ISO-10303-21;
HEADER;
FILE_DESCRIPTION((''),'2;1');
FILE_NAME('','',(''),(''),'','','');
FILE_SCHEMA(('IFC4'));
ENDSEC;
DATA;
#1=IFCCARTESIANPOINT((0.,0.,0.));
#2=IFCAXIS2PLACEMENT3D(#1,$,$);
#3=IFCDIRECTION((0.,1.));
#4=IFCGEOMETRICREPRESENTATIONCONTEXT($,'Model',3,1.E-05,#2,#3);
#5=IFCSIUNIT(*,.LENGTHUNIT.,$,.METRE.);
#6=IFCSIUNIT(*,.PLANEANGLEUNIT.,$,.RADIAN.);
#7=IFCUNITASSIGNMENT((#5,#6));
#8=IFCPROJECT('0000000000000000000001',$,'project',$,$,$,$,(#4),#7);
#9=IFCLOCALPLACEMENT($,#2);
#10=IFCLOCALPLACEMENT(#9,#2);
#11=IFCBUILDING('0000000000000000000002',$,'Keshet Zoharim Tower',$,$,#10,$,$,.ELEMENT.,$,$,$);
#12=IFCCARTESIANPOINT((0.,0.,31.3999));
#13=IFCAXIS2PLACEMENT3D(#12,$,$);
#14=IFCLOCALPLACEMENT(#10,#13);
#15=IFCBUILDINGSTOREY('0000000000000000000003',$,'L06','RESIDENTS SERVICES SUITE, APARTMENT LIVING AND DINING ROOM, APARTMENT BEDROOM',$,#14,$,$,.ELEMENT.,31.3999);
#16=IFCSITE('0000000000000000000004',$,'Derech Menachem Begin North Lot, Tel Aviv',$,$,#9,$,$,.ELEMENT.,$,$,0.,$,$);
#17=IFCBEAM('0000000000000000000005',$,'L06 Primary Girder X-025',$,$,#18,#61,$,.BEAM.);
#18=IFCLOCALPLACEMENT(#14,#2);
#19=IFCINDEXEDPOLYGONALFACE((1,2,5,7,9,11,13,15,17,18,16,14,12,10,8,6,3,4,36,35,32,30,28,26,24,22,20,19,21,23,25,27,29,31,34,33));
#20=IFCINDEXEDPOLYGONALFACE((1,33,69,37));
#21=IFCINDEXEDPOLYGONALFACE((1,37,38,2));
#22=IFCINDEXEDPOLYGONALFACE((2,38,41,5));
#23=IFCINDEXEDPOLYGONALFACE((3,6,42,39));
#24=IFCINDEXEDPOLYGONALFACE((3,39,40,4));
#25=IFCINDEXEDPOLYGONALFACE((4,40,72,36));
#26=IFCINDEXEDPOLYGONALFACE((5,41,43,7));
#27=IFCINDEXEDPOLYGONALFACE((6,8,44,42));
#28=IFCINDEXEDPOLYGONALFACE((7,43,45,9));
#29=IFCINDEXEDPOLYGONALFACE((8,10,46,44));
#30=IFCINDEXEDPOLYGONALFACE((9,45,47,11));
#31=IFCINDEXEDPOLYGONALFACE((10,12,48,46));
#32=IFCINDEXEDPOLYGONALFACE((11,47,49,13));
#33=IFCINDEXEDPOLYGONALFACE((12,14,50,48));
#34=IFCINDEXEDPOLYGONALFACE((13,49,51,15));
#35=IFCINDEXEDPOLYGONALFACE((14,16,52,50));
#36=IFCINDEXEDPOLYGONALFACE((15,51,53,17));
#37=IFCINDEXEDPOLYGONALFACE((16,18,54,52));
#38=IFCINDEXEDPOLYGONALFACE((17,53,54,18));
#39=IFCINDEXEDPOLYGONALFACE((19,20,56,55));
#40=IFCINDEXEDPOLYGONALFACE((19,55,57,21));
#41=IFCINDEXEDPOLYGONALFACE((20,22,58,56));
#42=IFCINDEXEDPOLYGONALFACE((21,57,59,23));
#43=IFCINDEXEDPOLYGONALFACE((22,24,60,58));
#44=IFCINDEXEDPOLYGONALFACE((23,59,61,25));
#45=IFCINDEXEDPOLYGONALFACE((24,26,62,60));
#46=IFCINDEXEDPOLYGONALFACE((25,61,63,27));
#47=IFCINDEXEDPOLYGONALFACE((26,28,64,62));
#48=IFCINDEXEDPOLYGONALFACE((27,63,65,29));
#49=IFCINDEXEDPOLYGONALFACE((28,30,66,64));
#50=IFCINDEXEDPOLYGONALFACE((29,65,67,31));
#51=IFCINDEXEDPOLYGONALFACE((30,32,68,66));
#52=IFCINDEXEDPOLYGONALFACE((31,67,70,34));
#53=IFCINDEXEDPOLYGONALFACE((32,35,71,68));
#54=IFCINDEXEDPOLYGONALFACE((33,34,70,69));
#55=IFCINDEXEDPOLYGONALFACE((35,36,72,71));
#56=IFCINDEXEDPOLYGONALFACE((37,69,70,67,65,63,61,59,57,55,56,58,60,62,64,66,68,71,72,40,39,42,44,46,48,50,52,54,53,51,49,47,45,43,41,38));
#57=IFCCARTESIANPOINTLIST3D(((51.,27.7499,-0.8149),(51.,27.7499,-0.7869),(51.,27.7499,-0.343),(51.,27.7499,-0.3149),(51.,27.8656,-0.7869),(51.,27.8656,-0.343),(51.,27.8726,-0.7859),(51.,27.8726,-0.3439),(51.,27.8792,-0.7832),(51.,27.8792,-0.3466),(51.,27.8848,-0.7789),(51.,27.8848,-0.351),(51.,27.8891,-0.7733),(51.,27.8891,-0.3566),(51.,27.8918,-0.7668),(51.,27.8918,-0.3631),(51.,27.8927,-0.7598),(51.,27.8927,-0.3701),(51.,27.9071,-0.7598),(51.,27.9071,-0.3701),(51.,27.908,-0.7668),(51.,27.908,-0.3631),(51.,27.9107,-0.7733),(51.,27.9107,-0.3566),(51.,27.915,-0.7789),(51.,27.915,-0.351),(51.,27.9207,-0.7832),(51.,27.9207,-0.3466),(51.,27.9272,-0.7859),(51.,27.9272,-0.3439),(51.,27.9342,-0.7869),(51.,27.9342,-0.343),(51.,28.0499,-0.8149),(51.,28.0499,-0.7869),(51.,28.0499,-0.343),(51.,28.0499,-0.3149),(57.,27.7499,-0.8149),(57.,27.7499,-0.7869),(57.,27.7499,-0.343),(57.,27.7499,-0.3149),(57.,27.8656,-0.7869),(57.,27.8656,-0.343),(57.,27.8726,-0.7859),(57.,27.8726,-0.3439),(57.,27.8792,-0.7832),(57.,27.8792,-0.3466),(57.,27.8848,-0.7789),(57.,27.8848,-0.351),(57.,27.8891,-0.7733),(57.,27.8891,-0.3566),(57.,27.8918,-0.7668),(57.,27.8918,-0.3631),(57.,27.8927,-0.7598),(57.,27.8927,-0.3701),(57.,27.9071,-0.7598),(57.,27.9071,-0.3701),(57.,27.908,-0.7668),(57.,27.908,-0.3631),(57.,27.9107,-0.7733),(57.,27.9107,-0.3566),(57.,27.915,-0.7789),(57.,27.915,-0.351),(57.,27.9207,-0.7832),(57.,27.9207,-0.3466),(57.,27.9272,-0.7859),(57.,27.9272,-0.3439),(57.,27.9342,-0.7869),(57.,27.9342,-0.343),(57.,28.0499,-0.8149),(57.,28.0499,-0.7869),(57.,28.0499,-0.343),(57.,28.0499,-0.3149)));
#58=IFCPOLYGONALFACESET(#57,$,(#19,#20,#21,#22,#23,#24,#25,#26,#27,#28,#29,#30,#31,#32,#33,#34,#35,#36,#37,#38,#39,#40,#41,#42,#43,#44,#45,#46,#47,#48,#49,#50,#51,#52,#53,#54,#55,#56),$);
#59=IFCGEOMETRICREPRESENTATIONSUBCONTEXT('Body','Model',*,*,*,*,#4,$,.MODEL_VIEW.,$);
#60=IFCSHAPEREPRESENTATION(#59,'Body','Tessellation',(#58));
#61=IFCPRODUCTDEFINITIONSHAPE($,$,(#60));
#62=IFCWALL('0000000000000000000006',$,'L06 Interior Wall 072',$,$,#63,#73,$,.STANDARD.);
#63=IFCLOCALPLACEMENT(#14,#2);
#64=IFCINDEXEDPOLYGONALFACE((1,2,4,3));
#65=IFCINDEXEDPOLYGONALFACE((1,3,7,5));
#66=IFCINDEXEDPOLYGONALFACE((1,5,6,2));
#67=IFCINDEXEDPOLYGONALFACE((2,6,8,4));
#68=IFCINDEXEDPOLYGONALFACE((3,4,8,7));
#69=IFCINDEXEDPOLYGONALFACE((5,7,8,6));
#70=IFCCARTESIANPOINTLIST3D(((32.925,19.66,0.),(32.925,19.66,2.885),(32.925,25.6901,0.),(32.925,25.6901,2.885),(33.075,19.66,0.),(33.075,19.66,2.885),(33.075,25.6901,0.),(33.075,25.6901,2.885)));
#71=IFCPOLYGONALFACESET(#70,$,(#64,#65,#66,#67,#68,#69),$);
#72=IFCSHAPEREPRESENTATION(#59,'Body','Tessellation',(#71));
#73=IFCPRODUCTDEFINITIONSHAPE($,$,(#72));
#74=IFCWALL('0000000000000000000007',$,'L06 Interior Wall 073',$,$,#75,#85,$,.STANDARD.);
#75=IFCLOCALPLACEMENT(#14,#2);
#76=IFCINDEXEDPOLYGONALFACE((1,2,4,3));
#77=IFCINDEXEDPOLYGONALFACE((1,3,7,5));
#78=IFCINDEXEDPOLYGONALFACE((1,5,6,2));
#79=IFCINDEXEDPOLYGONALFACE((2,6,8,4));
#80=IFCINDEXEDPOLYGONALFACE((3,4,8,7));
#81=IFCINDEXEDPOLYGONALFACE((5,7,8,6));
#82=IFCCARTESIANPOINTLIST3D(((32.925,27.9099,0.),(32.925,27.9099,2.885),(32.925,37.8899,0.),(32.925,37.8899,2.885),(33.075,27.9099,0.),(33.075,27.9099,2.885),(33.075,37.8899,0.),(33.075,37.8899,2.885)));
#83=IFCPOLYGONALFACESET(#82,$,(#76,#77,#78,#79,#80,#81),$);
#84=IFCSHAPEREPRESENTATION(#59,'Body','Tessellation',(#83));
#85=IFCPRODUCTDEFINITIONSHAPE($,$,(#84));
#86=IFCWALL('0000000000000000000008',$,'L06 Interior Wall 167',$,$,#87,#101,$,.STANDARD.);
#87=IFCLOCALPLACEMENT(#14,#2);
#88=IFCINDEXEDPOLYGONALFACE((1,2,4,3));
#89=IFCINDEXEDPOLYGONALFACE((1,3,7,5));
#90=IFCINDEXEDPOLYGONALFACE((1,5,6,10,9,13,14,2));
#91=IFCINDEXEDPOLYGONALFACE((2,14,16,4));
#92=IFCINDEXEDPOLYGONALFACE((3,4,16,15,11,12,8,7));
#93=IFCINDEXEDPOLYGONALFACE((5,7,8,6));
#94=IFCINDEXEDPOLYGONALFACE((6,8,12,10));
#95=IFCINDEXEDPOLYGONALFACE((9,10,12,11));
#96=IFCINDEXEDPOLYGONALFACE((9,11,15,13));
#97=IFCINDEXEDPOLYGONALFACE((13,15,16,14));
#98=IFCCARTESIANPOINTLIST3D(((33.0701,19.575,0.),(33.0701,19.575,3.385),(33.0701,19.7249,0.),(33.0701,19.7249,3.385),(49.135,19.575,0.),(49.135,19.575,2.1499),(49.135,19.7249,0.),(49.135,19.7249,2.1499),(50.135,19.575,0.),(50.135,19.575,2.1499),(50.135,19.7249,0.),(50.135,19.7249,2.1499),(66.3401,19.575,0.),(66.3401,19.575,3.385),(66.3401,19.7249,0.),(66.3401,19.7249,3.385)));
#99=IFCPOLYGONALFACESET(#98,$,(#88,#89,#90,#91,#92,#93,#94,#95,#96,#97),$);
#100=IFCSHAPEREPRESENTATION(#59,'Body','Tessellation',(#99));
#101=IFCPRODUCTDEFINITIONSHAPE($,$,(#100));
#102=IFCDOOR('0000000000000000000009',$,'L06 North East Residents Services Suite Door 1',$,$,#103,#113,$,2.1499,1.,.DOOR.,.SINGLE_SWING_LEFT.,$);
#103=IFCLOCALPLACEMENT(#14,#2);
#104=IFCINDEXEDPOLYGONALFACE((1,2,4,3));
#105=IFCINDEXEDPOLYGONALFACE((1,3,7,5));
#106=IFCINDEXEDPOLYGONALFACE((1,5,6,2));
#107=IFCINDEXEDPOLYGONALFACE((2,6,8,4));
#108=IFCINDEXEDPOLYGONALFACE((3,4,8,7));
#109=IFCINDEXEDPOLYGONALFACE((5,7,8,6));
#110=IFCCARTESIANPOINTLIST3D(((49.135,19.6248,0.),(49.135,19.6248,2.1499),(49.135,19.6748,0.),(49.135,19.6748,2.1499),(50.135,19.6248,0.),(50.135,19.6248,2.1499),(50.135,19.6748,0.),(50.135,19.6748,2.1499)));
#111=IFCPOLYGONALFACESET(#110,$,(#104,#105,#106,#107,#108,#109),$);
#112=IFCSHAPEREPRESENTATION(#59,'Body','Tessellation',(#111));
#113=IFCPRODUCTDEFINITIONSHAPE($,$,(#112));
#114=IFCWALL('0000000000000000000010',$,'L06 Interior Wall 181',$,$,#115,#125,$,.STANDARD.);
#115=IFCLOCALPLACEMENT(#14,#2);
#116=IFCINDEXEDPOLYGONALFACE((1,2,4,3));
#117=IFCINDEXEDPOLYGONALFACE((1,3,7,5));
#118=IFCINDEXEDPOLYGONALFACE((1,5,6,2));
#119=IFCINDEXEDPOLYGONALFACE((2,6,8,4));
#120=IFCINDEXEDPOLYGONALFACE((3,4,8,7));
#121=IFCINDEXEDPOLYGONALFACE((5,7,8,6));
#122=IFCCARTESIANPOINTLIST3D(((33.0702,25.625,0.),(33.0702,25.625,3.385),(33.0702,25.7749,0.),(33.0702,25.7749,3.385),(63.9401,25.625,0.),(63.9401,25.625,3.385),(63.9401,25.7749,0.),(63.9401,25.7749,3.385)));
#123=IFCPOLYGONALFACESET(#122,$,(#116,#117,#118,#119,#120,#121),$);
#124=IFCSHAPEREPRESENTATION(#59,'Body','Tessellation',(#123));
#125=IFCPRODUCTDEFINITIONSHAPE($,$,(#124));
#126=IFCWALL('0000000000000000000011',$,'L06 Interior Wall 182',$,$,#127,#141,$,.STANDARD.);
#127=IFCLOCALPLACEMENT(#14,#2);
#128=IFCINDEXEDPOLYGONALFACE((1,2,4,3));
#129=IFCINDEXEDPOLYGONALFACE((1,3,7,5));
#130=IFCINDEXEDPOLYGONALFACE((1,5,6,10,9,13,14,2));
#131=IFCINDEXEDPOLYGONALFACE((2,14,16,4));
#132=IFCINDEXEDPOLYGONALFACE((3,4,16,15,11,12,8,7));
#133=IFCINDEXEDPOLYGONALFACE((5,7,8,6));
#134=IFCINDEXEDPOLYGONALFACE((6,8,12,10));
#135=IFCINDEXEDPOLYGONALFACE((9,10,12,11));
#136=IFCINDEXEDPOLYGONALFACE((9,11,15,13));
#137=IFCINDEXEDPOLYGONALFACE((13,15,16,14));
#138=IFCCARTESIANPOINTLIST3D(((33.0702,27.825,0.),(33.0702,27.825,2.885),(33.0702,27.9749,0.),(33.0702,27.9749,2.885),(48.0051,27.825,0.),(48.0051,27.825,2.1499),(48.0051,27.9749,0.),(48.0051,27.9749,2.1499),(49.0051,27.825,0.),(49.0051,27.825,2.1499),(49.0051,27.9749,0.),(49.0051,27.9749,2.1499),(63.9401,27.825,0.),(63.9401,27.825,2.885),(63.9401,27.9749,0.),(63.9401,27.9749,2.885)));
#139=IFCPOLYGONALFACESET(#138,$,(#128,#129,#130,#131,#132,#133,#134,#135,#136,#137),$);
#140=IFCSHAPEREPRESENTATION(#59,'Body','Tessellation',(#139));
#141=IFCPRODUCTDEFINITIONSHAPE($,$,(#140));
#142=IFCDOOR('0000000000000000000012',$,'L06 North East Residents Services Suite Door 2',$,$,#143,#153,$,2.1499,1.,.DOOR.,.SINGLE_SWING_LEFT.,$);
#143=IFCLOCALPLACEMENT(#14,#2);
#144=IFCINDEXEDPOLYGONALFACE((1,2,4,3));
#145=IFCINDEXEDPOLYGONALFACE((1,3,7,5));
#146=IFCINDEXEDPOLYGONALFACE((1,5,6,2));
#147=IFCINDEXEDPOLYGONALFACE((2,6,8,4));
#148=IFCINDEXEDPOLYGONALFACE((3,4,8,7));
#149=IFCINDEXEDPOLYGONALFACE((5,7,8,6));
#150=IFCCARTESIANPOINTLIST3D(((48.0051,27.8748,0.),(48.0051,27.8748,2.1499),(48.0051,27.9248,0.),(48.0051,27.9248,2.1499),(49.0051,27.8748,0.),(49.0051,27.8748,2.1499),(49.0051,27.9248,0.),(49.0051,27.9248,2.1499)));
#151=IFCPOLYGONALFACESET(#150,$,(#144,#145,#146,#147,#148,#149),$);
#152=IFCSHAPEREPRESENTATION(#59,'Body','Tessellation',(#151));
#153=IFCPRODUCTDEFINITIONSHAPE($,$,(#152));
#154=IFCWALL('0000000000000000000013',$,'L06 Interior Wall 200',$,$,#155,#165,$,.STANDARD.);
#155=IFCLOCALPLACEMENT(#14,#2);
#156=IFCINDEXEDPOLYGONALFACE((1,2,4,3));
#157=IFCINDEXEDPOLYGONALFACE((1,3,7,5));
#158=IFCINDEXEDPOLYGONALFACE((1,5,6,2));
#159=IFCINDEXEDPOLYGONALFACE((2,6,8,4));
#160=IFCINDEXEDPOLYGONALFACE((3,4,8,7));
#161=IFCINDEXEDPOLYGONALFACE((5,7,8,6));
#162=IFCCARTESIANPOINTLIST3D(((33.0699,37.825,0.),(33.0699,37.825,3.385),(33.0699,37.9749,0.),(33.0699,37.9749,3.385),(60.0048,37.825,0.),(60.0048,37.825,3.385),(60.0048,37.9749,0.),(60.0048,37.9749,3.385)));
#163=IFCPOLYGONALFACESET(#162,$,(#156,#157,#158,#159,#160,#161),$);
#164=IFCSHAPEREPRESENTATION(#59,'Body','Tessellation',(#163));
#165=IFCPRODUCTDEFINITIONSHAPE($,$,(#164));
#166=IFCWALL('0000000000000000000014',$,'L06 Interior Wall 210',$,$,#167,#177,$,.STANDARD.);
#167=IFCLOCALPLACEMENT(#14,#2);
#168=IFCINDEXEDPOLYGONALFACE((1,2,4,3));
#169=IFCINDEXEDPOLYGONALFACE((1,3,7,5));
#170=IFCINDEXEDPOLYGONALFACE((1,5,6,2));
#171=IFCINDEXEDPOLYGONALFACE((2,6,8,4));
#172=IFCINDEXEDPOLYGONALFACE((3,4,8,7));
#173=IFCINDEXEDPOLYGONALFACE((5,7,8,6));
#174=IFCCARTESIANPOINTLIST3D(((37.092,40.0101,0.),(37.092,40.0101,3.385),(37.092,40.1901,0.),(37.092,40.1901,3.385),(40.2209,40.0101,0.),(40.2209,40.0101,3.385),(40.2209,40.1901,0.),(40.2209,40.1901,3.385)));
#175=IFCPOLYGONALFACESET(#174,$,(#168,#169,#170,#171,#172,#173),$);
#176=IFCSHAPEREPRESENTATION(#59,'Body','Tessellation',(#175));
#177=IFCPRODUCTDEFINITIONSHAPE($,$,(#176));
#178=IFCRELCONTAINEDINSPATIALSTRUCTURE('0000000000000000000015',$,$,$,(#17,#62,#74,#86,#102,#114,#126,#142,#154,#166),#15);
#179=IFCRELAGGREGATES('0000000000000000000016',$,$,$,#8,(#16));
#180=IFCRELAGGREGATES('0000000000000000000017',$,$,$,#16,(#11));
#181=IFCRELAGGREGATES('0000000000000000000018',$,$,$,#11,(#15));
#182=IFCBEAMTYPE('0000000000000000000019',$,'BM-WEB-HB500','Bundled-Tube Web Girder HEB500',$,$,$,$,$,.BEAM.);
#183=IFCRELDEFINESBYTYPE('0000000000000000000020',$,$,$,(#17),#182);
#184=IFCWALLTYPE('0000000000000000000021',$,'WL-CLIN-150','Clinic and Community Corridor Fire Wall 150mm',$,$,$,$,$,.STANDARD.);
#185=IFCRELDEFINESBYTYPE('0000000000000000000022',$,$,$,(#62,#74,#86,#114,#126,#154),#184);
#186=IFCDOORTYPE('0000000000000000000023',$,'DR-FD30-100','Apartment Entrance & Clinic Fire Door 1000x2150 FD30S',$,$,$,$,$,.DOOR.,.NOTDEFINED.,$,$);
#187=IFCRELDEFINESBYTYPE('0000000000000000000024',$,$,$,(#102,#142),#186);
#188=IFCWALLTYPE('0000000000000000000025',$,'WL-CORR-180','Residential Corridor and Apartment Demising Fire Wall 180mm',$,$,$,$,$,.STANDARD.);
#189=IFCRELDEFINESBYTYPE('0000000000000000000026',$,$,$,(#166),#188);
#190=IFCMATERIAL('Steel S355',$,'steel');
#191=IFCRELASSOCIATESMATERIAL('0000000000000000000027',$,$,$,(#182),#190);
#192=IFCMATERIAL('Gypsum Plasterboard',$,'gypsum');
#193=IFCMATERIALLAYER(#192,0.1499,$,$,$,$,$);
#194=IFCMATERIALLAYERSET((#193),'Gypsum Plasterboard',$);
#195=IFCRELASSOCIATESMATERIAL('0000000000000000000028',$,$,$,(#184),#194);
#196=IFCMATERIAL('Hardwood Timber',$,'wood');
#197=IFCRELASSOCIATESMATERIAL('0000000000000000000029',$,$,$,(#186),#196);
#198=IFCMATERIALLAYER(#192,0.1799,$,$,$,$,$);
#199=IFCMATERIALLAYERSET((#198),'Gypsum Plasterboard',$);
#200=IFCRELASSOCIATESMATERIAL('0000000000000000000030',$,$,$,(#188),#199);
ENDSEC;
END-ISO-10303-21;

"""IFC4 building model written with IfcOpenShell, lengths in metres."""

from ifc_helpers import new_model, si_unit, direction, frame, frame_2d, origin, origin_2d, place, context, subcontext, project, spatial, rectangle, i_section, extrude, material, layer, layer_set, material_profile, profile_set, type_object, element, fill, save


model = new_model("IFC4")

# Units and contexts
model_context = context("Model", 3, precision=1e-05, world=origin(), true_north=direction((0.0, 1.0)))
body_context = subcontext(model_context, "Body", "Model", "MODEL_VIEW")
ifc_project = project(units=[si_unit("LENGTHUNIT", "METRE"), si_unit("PLANEANGLEUNIT", "RADIAN")], contexts=[model_context])

# Site, building, storey
site_placement = place(None, origin())
site = spatial("IfcSite", under=ifc_project, at=site_placement, Name="Derech Menachem Begin North Lot, Tel Aviv", CompositionType="ELEMENT", RefElevation=0.0)
building_placement = place(site_placement, origin())
building = spatial("IfcBuilding", under=site, at=building_placement, Name="Keshet Zoharim Tower", CompositionType="ELEMENT")
storey_placement = place(building_placement, frame((0.0, 0.0, 31.3999)))
storey = spatial("IfcBuildingStorey", under=building, at=storey_placement, Name="L06", Description="RESIDENTS SERVICES SUITE, APARTMENT LIVING AND DINING ROOM, APARTMENT BEDROOM", CompositionType="ELEMENT", Elevation=31.3999)

# Beam
ifc_material_1 = material(Name="Steel S355", Category="steel")
ifc_material_profile_1 = material_profile(ifc_material_1, i_section(OverallWidth=0.3, OverallDepth=0.5, WebThickness=0.0144, FlangeThickness=0.0281, FilletRadius=0.0271, at=origin_2d()), Name="HEB500")
ifc_profile_set_1 = profile_set([ifc_material_profile_1], Name="Steel S355")
beam_type_1 = type_object("IfcBeamType", Name="BM-WEB-HB500", Description="Bundled-Tube Web Girder HEB500", PredefinedType="BEAM", material=ifc_profile_set_1)
for number, where, z_axis, x_axis, name in (
    (1, (51.0, 27.8999, -0.5649), (1.0, 0.0, 0.0), (0.0, 1.0, 0.0), "L06 Primary Girder X-025"),
):
    element("IfcBeam", number, at=place(storey_placement, frame(where, z_axis=z_axis, x_axis=x_axis)), inside=storey, type_object=beam_type_1, Name=name, PredefinedType="BEAM", context=body_context, shape_type="SweptSolid", body=[
        extrude(i_section(OverallWidth=0.3, OverallDepth=0.5, WebThickness=0.0144, FlangeThickness=0.0281, FilletRadius=0.0271, at=origin_2d()), origin(), (0.0, 0.0, 1.0), 6.0),
    ])

# Walls
ifc_material_2 = material(Name="Gypsum Plasterboard", Category="gypsum")
ifc_layer_1 = layer(ifc_material_2, 0.1499)
ifc_layer_set_1 = layer_set([ifc_layer_1], Name="Gypsum Plasterboard")
wall_type_1 = type_object("IfcWallType", Name="WL-CLIN-150", Description="Clinic and Community Corridor Fire Wall 150mm", PredefinedType="STANDARD", material=ifc_layer_set_1)
wall_1_placement = place(storey_placement, frame((33.0, 19.6599, 0.0), z_axis=(0.0, 0.0, 1.0), x_axis=(0.0, 1.0, 0.0)))
element("IfcWall", 2, at=wall_1_placement, inside=storey, type_object=wall_type_1, Name="L06 Interior Wall 072", PredefinedType="STANDARD", context=body_context, shape_type="SweptSolid", body=[
    extrude(rectangle(XDim=6.03, YDim=0.1499, at=frame_2d((3.0151, 0.0))), origin(), (0.0, 0.0, 1.0), 2.885),
])
wall_2_placement = place(storey_placement, frame((33.0, 27.9099, 0.0), z_axis=(0.0, 0.0, 1.0), x_axis=(0.0, 1.0, 0.0)))
element("IfcWall", 3, at=wall_2_placement, inside=storey, type_object=wall_type_1, Name="L06 Interior Wall 073", PredefinedType="STANDARD", context=body_context, shape_type="SweptSolid", body=[
    extrude(rectangle(XDim=9.98, YDim=0.1499, at=frame_2d((4.99, 0.0))), origin(), (0.0, 0.0, 1.0), 2.885),
])

# Wall, opening, door
wall_3_placement = place(storey_placement, frame((33.0701, 19.6499, 0.0), z_axis=(0.0, 0.0, 1.0), x_axis=(1.0, 0.0, 0.0)))
wall_3 = element("IfcWall", 4, at=wall_3_placement, inside=storey, type_object=wall_type_1, Name="L06 Interior Wall 167", PredefinedType="STANDARD", context=body_context, shape_type="SweptSolid", body=[
    extrude(rectangle(XDim=33.27, YDim=0.1499, at=frame_2d((16.635, 0.0))), origin(), (0.0, 0.0, 1.0), 3.385),
])
opening_1_placement = place(wall_3_placement, frame((16.0649, 0.0, 0.0)))
opening_1 = element("IfcOpeningElement", 5, at=opening_1_placement, cuts=wall_3, PredefinedType="OPENING", context=body_context, shape_type="SweptSolid", body=[
    extrude(rectangle(XDim=1.0, YDim=2.1499, at=frame_2d((0.5, 1.075))), frame((0.0, 0.085, 0.0), z_axis=(0.0, -1.0, 0.0), x_axis=(1.0, 0.0, 0.0)), (0.0, 0.0, 1.0), 0.1699),
])
ifc_material_3 = material(Name="Hardwood Timber", Category="wood")
door_type = type_object("IfcDoorType", Name="DR-FD30-100", Description="Apartment Entrance & Clinic Fire Door 1000x2150 FD30S", OperationType="NOTDEFINED", PredefinedType="DOOR", material=ifc_material_3)
door_1_placement = place(opening_1_placement, origin())
door_1 = element("IfcDoor", 6, at=door_1_placement, inside=storey, type_object=door_type, Name="L06 North East Residents Services Suite Door 1", OperationType="SINGLE_SWING_LEFT", OverallHeight=2.1499, OverallWidth=1.0, PredefinedType="DOOR", context=body_context, shape_type="SweptSolid", body=[
    extrude(rectangle(XDim=1.0, YDim=2.1499, at=frame_2d((0.5, 1.075))), frame((0.0, 0.0249, 0.0), z_axis=(0.0, -1.0, 0.0), x_axis=(1.0, 0.0, 0.0)), (0.0, 0.0, 1.0), 0.05),
])
fill(opening_1, door_1)

# Wall
wall_4_placement = place(storey_placement, frame((33.0701, 25.7, 0.0), z_axis=(0.0, 0.0, 1.0), x_axis=(1.0, 0.0, 0.0)))
element("IfcWall", 7, at=wall_4_placement, inside=storey, type_object=wall_type_1, Name="L06 Interior Wall 181", PredefinedType="STANDARD", context=body_context, shape_type="SweptSolid", body=[
    extrude(rectangle(XDim=30.8699, YDim=0.1499, at=frame_2d((15.4351, 0.0))), origin(), (0.0, 0.0, 1.0), 3.385),
])

# Wall, opening, door
wall_5_placement = place(storey_placement, frame((33.0701, 27.8999, 0.0), z_axis=(0.0, 0.0, 1.0), x_axis=(1.0, 0.0, 0.0)))
wall_5 = element("IfcWall", 8, at=wall_5_placement, inside=storey, type_object=wall_type_1, Name="L06 Interior Wall 182", PredefinedType="STANDARD", context=body_context, shape_type="SweptSolid", body=[
    extrude(rectangle(XDim=30.8699, YDim=0.1499, at=frame_2d((15.4351, 0.0))), origin(), (0.0, 0.0, 1.0), 2.885),
])
opening_2_placement = place(wall_5_placement, frame((14.9351, 0.0, 0.0)))
opening_2 = element("IfcOpeningElement", 9, at=opening_2_placement, cuts=wall_5, PredefinedType="OPENING", context=body_context, shape_type="SweptSolid", body=[
    extrude(rectangle(XDim=1.0, YDim=2.1499, at=frame_2d((0.5, 1.075))), frame((0.0, 0.085, 0.0), z_axis=(0.0, -1.0, 0.0), x_axis=(1.0, 0.0, 0.0)), (0.0, 0.0, 1.0), 0.1699),
])
door_2_placement = place(opening_2_placement, origin())
door_2 = element("IfcDoor", 10, at=door_2_placement, inside=storey, type_object=door_type, Name="L06 North East Residents Services Suite Door 2", OperationType="SINGLE_SWING_LEFT", OverallHeight=2.1499, OverallWidth=1.0, PredefinedType="DOOR", context=body_context, shape_type="SweptSolid", body=[
    extrude(rectangle(XDim=1.0, YDim=2.1499, at=frame_2d((0.5, 1.075))), frame((0.0, 0.0249, 0.0), z_axis=(0.0, -1.0, 0.0), x_axis=(1.0, 0.0, 0.0)), (0.0, 0.0, 1.0), 0.05),
])
fill(opening_2, door_2)

# Walls
wall_6_placement = place(storey_placement, frame((33.0701, 37.8999, 0.0), z_axis=(0.0, 0.0, 1.0), x_axis=(1.0, 0.0, 0.0)))
element("IfcWall", 11, at=wall_6_placement, inside=storey, type_object=wall_type_1, Name="L06 Interior Wall 200", PredefinedType="STANDARD", context=body_context, shape_type="SweptSolid", body=[
    extrude(rectangle(XDim=26.9348, YDim=0.1499, at=frame_2d((13.4673, 0.0))), origin(), (0.0, 0.0, 1.0), 3.385),
])
ifc_layer_2 = layer(ifc_material_2, 0.1799)
ifc_layer_set_2 = layer_set([ifc_layer_2], Name="Gypsum Plasterboard")
wall_type_2 = type_object("IfcWallType", Name="WL-CORR-180", Description="Residential Corridor and Apartment Demising Fire Wall 180mm", PredefinedType="STANDARD", material=ifc_layer_set_2)
wall_7_placement = place(storey_placement, frame((37.092, 40.1001, 0.0), z_axis=(0.0, 0.0, 1.0), x_axis=(1.0, 0.0, 0.0)))
element("IfcWall", 12, at=wall_7_placement, inside=storey, type_object=wall_type_2, Name="L06 Interior Wall 210", PredefinedType="STANDARD", context=body_context, shape_type="SweptSolid", body=[
    extrude(rectangle(XDim=3.1289, YDim=0.1799, at=frame_2d((1.5645, 0.0))), origin(), (0.0, 0.0, 1.0), 3.385),
])

save(model, "model.ifc")
